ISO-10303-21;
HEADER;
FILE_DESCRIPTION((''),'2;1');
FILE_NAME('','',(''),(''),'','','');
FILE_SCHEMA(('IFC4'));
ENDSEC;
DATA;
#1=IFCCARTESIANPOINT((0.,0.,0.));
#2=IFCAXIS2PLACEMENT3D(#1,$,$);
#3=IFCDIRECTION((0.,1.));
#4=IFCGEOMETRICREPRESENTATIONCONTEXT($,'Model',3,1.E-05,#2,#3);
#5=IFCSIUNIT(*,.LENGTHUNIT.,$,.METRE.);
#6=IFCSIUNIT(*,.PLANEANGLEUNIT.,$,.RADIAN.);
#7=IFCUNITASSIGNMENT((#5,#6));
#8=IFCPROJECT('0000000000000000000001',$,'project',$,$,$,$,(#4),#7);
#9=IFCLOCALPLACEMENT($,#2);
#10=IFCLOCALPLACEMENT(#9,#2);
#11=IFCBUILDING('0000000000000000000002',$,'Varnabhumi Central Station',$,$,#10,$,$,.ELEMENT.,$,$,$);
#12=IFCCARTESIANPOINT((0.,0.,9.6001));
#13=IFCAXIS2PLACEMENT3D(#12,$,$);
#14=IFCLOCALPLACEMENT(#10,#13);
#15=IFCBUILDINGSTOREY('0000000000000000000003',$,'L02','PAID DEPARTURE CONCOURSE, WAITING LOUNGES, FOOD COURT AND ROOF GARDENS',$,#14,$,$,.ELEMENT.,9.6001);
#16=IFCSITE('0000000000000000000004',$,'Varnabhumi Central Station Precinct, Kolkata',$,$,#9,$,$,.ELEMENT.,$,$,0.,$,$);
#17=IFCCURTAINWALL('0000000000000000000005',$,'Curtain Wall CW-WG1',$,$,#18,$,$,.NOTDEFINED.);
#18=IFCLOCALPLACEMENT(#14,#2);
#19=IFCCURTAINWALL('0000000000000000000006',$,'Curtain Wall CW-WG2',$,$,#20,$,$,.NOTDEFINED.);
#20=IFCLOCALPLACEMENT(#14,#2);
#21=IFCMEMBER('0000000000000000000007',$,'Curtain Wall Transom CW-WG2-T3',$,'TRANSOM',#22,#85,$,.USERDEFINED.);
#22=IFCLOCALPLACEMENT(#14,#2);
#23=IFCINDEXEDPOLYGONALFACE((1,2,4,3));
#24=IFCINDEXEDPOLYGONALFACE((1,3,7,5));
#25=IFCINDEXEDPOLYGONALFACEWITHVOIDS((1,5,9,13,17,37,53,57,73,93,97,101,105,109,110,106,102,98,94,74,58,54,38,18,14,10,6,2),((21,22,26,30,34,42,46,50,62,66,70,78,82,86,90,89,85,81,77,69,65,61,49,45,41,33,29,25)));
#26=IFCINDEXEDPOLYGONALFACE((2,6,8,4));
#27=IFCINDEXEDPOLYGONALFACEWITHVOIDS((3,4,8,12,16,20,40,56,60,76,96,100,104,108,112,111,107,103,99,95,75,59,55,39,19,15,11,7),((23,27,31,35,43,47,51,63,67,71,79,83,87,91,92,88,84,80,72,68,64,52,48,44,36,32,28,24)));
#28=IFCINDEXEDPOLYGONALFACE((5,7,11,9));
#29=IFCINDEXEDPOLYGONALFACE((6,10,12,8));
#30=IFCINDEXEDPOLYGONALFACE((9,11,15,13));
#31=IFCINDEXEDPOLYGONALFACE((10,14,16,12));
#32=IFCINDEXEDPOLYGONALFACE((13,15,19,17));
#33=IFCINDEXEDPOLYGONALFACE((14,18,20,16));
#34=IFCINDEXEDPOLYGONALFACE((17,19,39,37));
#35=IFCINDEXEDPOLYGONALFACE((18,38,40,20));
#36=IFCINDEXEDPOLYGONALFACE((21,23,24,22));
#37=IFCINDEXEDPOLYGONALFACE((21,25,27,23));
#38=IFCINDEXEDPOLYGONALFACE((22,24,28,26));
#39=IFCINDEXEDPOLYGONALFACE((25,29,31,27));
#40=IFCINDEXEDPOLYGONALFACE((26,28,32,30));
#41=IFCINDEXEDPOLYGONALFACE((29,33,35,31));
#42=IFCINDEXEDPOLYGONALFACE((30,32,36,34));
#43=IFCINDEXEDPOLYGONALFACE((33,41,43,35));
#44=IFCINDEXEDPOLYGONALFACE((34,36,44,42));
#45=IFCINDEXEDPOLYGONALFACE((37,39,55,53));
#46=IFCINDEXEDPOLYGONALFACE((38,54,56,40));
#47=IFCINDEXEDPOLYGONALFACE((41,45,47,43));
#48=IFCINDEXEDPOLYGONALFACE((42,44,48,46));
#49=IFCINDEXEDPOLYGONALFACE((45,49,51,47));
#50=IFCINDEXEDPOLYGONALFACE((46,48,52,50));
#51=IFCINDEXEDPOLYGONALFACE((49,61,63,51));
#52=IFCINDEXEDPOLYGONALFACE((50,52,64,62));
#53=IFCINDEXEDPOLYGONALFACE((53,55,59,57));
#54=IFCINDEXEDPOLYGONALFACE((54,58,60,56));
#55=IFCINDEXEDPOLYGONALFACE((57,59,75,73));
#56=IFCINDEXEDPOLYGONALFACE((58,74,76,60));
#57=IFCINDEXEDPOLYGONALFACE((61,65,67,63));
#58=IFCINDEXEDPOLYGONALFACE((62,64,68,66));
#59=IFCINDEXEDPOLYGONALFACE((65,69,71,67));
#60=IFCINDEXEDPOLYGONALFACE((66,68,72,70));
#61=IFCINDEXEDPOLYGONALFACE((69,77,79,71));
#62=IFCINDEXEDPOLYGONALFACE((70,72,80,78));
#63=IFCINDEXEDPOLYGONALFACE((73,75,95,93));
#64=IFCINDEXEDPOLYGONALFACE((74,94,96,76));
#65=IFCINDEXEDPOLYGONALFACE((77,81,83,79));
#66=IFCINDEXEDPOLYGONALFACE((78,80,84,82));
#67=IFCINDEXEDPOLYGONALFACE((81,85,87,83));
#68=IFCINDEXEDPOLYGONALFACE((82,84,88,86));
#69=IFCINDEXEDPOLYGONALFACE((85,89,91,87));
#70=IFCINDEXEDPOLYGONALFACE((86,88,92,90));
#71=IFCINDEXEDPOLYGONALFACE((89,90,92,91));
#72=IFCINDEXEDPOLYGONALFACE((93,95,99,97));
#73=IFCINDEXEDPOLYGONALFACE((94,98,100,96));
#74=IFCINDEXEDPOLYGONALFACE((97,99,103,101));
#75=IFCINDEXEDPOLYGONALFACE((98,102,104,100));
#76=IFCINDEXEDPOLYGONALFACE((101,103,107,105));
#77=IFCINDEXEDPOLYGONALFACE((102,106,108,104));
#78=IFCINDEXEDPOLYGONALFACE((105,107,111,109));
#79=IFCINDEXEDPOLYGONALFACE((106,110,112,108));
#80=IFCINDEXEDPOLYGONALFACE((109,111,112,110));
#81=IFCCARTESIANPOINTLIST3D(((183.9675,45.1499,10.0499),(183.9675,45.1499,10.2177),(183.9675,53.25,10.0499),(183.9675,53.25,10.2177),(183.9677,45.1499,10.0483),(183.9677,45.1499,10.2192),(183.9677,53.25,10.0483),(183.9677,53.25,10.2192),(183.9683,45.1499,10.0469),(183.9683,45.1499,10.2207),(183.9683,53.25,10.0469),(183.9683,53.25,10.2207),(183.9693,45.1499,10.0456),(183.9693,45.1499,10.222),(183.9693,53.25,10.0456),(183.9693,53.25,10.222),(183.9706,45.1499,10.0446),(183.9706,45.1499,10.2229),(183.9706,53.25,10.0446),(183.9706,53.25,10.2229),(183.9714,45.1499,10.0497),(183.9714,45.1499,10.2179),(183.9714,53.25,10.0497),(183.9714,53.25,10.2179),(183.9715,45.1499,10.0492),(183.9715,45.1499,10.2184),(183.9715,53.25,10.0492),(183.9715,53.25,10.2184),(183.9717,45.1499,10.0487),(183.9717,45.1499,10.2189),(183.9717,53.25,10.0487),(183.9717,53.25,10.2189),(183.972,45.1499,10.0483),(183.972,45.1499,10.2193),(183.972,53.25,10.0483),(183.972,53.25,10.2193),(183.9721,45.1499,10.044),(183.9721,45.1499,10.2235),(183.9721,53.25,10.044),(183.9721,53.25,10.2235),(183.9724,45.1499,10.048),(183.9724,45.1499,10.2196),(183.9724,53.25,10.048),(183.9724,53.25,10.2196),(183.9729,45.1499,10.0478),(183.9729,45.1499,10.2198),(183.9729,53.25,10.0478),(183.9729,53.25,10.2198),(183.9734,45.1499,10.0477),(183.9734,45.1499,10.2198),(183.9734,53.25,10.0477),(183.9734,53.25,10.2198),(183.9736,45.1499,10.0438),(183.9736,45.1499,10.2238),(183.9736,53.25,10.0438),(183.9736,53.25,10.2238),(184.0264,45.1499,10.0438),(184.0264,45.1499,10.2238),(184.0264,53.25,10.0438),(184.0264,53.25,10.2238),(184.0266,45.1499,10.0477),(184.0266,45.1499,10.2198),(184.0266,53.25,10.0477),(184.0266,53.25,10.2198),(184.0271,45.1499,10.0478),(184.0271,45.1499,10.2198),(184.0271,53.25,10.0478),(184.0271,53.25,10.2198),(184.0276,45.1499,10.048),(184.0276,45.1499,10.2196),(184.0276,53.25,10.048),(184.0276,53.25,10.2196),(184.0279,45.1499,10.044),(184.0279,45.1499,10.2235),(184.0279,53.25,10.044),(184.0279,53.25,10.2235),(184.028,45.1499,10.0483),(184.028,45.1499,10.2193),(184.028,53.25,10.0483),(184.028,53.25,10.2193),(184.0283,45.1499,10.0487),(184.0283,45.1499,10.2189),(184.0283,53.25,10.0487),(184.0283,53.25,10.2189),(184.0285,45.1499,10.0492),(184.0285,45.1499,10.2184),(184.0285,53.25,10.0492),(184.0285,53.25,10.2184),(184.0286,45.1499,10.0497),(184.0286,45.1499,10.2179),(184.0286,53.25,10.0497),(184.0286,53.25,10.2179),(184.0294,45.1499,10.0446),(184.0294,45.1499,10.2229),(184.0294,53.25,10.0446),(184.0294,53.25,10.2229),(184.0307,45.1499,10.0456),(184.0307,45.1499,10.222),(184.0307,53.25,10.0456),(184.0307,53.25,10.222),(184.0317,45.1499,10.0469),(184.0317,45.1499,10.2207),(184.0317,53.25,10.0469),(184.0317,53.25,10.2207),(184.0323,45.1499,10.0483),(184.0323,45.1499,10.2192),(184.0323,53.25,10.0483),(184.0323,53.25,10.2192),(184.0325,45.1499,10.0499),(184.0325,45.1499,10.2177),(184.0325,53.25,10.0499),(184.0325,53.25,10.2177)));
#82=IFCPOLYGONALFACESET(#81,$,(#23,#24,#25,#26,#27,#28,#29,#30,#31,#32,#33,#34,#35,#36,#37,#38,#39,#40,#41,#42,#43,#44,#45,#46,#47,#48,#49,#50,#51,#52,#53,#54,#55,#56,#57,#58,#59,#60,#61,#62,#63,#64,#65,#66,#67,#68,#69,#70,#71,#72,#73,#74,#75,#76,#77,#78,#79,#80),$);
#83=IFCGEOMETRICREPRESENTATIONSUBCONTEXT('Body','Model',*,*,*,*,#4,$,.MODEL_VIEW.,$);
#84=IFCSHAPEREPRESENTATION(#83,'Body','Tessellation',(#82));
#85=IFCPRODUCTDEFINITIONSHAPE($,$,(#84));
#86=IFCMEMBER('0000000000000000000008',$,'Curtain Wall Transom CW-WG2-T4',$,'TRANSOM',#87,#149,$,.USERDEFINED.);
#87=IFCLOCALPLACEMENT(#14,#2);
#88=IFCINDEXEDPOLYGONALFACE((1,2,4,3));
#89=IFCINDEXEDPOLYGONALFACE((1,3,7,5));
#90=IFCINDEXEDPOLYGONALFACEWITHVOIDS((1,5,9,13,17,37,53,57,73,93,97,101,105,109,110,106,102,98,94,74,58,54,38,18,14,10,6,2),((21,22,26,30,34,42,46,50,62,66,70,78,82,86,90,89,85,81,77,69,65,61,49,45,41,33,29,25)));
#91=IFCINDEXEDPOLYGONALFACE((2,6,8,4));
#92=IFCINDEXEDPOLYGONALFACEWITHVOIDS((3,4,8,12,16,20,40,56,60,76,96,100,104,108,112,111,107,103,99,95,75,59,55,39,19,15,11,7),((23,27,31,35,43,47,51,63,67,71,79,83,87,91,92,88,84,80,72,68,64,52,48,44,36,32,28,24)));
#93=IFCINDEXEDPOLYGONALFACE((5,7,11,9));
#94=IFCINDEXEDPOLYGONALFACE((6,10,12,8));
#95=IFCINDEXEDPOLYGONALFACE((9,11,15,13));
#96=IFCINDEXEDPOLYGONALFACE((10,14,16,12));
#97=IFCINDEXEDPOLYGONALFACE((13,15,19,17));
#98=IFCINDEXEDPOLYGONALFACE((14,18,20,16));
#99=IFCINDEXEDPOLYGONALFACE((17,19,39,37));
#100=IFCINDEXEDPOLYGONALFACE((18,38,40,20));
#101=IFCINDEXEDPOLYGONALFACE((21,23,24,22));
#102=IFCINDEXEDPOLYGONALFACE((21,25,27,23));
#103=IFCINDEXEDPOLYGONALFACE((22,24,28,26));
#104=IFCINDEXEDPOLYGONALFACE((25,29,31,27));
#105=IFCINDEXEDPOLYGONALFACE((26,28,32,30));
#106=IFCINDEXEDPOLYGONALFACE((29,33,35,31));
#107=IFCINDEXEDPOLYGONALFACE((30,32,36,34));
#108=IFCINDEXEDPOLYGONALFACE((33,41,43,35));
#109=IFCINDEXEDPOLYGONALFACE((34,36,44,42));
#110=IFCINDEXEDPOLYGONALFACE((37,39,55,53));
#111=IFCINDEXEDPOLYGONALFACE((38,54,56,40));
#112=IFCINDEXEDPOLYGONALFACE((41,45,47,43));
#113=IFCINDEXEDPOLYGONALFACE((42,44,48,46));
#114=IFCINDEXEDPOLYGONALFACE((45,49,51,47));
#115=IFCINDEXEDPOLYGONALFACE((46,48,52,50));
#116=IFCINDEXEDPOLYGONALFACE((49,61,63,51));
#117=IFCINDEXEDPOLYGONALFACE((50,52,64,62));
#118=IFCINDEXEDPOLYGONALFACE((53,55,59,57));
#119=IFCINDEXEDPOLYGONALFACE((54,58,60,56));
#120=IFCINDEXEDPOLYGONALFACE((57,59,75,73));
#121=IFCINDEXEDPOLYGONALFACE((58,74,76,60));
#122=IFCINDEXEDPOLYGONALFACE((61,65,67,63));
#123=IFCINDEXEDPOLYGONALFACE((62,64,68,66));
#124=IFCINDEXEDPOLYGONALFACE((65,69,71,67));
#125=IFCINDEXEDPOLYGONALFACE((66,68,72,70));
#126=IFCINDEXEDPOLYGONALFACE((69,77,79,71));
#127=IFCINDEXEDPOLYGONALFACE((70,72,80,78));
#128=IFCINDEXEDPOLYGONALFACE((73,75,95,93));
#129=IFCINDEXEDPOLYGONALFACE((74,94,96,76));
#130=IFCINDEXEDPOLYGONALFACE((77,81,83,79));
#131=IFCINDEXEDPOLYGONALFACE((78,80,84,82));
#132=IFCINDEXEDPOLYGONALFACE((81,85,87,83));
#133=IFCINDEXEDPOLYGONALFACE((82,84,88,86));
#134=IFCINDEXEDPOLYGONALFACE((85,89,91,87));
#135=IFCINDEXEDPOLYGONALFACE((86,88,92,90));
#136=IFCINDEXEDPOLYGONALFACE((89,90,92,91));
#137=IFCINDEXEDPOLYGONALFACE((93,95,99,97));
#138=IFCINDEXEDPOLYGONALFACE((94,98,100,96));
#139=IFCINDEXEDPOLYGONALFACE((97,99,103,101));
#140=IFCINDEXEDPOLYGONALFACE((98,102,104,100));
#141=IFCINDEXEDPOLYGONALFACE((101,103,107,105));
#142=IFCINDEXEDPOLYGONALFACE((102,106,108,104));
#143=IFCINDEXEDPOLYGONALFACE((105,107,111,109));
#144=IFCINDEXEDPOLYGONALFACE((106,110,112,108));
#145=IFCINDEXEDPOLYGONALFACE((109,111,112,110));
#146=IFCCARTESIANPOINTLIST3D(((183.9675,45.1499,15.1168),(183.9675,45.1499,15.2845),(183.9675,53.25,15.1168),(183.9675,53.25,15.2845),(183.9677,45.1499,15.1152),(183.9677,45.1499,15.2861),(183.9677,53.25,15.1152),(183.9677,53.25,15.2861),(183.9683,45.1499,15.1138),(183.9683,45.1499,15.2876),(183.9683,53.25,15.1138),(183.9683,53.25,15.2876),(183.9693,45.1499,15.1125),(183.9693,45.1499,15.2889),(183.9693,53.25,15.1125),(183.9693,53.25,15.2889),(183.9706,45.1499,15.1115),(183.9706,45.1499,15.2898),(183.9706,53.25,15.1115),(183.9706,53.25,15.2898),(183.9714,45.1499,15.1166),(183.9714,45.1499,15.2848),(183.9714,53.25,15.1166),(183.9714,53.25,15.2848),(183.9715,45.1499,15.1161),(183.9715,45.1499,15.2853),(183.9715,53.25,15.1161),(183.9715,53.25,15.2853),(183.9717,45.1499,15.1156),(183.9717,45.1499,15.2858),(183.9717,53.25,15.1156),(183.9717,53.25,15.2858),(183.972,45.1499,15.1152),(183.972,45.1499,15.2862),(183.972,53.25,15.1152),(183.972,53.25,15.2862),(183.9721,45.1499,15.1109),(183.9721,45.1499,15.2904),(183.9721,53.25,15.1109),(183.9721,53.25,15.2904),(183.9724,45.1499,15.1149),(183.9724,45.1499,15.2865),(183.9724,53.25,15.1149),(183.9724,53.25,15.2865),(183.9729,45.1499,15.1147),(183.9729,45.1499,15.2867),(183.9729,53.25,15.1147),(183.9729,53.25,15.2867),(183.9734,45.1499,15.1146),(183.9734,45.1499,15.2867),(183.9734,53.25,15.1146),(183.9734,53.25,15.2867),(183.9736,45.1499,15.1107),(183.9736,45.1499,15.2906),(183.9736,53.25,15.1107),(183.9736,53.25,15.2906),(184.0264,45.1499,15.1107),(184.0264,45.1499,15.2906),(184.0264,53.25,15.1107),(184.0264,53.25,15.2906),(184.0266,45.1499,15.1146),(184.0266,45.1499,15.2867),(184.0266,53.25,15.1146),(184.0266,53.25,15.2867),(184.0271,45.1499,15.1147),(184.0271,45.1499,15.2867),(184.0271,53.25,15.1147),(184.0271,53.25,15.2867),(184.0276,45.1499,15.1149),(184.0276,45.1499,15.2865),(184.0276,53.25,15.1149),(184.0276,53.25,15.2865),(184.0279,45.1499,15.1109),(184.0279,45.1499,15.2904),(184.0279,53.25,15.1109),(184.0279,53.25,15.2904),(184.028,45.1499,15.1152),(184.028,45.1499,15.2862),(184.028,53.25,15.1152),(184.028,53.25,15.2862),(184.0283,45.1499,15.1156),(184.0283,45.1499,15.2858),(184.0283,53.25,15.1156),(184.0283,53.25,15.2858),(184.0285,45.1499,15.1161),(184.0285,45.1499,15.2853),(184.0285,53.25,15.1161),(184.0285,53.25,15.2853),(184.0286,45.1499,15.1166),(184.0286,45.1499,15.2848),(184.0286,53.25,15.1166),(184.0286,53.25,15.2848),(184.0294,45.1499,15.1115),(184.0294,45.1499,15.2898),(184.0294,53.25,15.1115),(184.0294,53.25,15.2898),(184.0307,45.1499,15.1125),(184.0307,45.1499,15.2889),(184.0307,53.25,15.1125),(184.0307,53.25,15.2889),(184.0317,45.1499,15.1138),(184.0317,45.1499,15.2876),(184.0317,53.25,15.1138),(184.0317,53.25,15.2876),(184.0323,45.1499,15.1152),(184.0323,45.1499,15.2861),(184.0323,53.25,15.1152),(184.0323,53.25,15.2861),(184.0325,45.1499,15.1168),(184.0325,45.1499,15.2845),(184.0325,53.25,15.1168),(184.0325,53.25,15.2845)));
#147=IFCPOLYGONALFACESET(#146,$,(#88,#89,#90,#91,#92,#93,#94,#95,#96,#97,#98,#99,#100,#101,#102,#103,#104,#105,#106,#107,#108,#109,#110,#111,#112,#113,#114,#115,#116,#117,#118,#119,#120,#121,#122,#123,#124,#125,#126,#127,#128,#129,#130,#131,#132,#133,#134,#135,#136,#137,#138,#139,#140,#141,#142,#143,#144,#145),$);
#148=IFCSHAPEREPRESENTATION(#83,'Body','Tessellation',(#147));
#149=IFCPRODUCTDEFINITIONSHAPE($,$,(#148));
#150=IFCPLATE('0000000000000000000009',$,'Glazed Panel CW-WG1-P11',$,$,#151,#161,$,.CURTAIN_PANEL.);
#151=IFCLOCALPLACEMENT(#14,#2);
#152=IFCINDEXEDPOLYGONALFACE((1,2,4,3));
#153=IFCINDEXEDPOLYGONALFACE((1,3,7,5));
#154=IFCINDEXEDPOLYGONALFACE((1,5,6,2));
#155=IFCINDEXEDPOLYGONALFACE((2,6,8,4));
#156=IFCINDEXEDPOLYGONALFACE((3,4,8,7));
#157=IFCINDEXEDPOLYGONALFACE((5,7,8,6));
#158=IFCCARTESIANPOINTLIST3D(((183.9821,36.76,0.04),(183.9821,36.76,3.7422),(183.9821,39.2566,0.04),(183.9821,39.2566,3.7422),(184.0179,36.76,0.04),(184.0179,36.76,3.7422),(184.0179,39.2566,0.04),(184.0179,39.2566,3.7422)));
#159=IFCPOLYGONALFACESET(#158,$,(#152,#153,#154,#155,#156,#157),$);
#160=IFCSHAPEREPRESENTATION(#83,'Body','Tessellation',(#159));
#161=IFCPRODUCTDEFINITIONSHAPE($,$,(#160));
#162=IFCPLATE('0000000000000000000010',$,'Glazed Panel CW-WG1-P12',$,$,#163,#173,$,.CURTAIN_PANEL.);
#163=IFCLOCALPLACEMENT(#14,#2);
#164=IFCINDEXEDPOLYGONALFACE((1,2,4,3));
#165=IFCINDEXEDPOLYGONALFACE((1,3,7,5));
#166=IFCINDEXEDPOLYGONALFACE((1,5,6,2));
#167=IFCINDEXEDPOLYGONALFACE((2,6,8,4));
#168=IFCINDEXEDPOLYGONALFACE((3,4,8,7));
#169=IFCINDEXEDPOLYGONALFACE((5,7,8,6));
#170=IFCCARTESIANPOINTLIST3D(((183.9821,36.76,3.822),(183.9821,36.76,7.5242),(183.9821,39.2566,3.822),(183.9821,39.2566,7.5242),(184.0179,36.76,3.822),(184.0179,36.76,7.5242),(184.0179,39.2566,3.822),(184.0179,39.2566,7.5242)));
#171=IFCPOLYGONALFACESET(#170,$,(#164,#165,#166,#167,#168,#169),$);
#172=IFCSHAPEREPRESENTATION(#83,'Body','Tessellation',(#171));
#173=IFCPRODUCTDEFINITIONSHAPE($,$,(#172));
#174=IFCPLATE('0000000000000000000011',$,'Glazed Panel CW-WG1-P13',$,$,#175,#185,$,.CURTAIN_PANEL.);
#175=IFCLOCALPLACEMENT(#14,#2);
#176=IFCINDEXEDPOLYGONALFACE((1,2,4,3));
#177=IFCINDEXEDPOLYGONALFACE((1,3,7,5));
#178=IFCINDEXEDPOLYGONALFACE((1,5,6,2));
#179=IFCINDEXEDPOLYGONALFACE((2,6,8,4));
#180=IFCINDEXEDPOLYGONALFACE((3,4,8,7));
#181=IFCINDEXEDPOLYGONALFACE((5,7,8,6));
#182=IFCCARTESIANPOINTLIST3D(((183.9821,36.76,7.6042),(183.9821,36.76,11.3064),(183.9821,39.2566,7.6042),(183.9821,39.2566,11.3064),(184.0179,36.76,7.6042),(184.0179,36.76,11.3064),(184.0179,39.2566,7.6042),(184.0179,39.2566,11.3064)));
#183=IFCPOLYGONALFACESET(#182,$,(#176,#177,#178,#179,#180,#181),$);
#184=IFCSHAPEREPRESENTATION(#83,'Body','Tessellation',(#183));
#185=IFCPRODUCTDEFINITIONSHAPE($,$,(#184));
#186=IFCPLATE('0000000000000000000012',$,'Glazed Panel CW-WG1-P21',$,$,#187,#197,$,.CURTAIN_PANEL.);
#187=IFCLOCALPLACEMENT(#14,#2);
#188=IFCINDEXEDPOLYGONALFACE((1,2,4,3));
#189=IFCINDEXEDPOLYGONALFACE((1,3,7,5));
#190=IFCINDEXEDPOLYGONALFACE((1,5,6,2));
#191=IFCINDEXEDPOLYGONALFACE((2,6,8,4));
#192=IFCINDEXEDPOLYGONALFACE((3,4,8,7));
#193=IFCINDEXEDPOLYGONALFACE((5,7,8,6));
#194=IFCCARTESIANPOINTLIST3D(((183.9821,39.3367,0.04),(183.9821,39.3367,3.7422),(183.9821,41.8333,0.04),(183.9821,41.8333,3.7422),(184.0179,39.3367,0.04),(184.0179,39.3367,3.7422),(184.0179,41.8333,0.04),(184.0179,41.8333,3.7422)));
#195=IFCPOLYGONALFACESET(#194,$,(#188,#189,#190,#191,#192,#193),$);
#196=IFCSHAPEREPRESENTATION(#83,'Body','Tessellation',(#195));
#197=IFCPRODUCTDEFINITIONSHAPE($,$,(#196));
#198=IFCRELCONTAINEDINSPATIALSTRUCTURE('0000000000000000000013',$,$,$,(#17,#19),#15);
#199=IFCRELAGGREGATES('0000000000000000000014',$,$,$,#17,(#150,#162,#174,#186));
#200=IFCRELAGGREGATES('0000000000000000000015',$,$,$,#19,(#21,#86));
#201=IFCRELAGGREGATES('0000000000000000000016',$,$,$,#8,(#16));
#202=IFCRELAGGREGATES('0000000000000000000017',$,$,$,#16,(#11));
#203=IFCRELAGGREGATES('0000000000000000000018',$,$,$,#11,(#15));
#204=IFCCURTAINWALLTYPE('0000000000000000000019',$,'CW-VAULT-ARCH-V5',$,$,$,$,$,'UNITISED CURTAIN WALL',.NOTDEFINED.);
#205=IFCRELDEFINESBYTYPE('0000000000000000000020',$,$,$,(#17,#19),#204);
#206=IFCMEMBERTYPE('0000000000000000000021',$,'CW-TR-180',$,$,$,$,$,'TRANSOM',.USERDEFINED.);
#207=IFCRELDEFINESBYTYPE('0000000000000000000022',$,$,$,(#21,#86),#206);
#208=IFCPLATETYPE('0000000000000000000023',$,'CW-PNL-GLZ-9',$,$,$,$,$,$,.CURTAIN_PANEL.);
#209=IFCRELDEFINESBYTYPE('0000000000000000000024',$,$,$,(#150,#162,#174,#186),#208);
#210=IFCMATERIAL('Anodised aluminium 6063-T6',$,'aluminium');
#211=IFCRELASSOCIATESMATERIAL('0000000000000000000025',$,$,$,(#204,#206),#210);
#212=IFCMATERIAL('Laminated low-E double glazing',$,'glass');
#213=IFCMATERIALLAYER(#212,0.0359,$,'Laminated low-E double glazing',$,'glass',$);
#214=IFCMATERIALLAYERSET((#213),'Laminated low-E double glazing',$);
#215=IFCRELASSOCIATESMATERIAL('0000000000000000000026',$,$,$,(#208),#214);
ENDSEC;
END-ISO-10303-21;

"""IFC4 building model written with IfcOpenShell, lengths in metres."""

from ifc_helpers import new_model, si_unit, direction, frame, origin, origin_2d, place, context, subcontext, project, spatial, rectangle, hollow_rectangle, extrude, material, layer, layer_set, material_profile, profile_set, type_object, element, aggregate, save


model = new_model("IFC4")

# Units and contexts
model_context = context("Model", 3, precision=1e-05, world=origin(), true_north=direction((0.0, 1.0)))
body_context = subcontext(model_context, "Body", "Model", "MODEL_VIEW")
ifc_project = project(units=[si_unit("LENGTHUNIT", "METRE"), si_unit("PLANEANGLEUNIT", "RADIAN")], contexts=[model_context])

# Site, building, storey
site_placement = place(None, origin())
site = spatial("IfcSite", under=ifc_project, at=site_placement, Name="Varnabhumi Central Station Precinct, Kolkata", CompositionType="ELEMENT", RefElevation=0.0)
building_placement = place(site_placement, origin())
building = spatial("IfcBuilding", under=site, at=building_placement, Name="Varnabhumi Central Station", CompositionType="ELEMENT")
storey_placement = place(building_placement, frame((0.0, 0.0, 9.6001)))
storey = spatial("IfcBuildingStorey", under=building, at=storey_placement, Name="L02", Description="PAID DEPARTURE CONCOURSE, WAITING LOUNGES, FOOD COURT AND ROOF GARDENS", CompositionType="ELEMENT", Elevation=9.6001)

# Curtain walls
ifc_material_1 = material(Name="Anodised aluminium 6063-T6", Category="aluminium")
curtain_wall_type = type_object("IfcCurtainWallType", Name="CW-VAULT-ARCH-V5", ElementType="UNITISED CURTAIN WALL", PredefinedType="NOTDEFINED", material=ifc_material_1)
curtain_wall_1_placement = place(storey_placement, origin())
curtain_wall_1 = element("IfcCurtainWall", 1, at=curtain_wall_1_placement, inside=storey, type_object=curtain_wall_type, Name="Curtain Wall CW-WG1", PredefinedType="NOTDEFINED")
curtain_wall_2_placement = place(storey_placement, origin())
curtain_wall_2 = element("IfcCurtainWall", 2, at=curtain_wall_2_placement, inside=storey, type_object=curtain_wall_type, Name="Curtain Wall CW-WG2", PredefinedType="NOTDEFINED")

# Members
ifc_material_profile_1 = material_profile(ifc_material_1, hollow_rectangle(XDim=0.0649, YDim=0.1799, WallThickness=0.0039, InnerFilletRadius=0.002, OuterFilletRadius=0.0061, at=origin_2d()), Name="Anodised aluminium 6063-T6", Category="aluminium")
ifc_profile_set_1 = profile_set([ifc_material_profile_1], Name="Anodised aluminium 6063-T6")
member_type_1 = type_object("IfcMemberType", Name="CW-TR-180", ElementType="TRANSOM", PredefinedType="USERDEFINED", material=ifc_profile_set_1)
member_1_placement = place(storey_placement, frame((184.0, 45.1499, 10.1338), z_axis=(0.0, 1.0, 0.0), x_axis=(-1.0, 0.0, 0.0)))
member_1 = element("IfcMember", 3, at=member_1_placement, type_object=member_type_1, Name="Curtain Wall Transom CW-WG2-T3", ObjectType="TRANSOM", PredefinedType="USERDEFINED", context=body_context, shape_type="SweptSolid", body=[
    extrude(hollow_rectangle(XDim=0.0649, YDim=0.1799, WallThickness=0.0039, InnerFilletRadius=0.002, OuterFilletRadius=0.0061, at=origin_2d()), origin(), (0.0, 0.0, 1.0), 8.1001),
])
member_2_placement = place(storey_placement, frame((184.0, 45.1499, 15.2007), z_axis=(0.0, 1.0, 0.0), x_axis=(-1.0, 0.0, 0.0)))
member_2 = element("IfcMember", 4, at=member_2_placement, type_object=member_type_1, Name="Curtain Wall Transom CW-WG2-T4", ObjectType="TRANSOM", PredefinedType="USERDEFINED", context=body_context, shape_type="SweptSolid", body=[
    extrude(hollow_rectangle(XDim=0.0649, YDim=0.1799, WallThickness=0.0039, InnerFilletRadius=0.002, OuterFilletRadius=0.0061, at=origin_2d()), origin(), (0.0, 0.0, 1.0), 8.1001),
])

# Plates
ifc_material_2 = material(Name="Laminated low-E double glazing", Category="glass")
ifc_layer = layer(ifc_material_2, 0.0359, Name="Laminated low-E double glazing", Category="glass")
ifc_layer_set = layer_set([ifc_layer], Name="Laminated low-E double glazing")
plate_type = type_object("IfcPlateType", Name="CW-PNL-GLZ-9", PredefinedType="CURTAIN_PANEL", material=ifc_layer_set)
plate_1_placement = place(storey_placement, frame((184.0, 38.0083, 0.04), z_axis=(0.0, 0.0, 1.0), x_axis=(0.0, 1.0, 0.0)))
plate_1 = element("IfcPlate", 5, at=plate_1_placement, type_object=plate_type, Name="Glazed Panel CW-WG1-P11", PredefinedType="CURTAIN_PANEL", context=body_context, shape_type="SweptSolid", body=[
    extrude(rectangle(XDim=2.4966, YDim=0.0359, at=origin_2d()), origin(), (0.0, 0.0, 1.0), 3.7021),
])
plate_2_placement = place(storey_placement, frame((184.0, 38.0083, 3.822), z_axis=(0.0, 0.0, 1.0), x_axis=(0.0, 1.0, 0.0)))
plate_2 = element("IfcPlate", 6, at=plate_2_placement, type_object=plate_type, Name="Glazed Panel CW-WG1-P12", PredefinedType="CURTAIN_PANEL", context=body_context, shape_type="SweptSolid", body=[
    extrude(rectangle(XDim=2.4966, YDim=0.0359, at=origin_2d()), origin(), (0.0, 0.0, 1.0), 3.7021),
])
plate_3_placement = place(storey_placement, frame((184.0, 38.0083, 7.6042), z_axis=(0.0, 0.0, 1.0), x_axis=(0.0, 1.0, 0.0)))
plate_3 = element("IfcPlate", 7, at=plate_3_placement, type_object=plate_type, Name="Glazed Panel CW-WG1-P13", PredefinedType="CURTAIN_PANEL", context=body_context, shape_type="SweptSolid", body=[
    extrude(rectangle(XDim=2.4966, YDim=0.0359, at=origin_2d()), origin(), (0.0, 0.0, 1.0), 3.7021),
])
plate_4_placement = place(storey_placement, frame((184.0, 40.585, 0.04), z_axis=(0.0, 0.0, 1.0), x_axis=(0.0, 1.0, 0.0)))
plate_4 = element("IfcPlate", 8, at=plate_4_placement, type_object=plate_type, Name="Glazed Panel CW-WG1-P21", PredefinedType="CURTAIN_PANEL", context=body_context, shape_type="SweptSolid", body=[
    extrude(rectangle(XDim=2.4966, YDim=0.0359, at=origin_2d()), origin(), (0.0, 0.0, 1.0), 3.7021),
])
aggregate(curtain_wall_1, [plate_1, plate_2, plate_3, plate_4])
aggregate(curtain_wall_2, [member_1, member_2])

save(model, "model.ifc")
